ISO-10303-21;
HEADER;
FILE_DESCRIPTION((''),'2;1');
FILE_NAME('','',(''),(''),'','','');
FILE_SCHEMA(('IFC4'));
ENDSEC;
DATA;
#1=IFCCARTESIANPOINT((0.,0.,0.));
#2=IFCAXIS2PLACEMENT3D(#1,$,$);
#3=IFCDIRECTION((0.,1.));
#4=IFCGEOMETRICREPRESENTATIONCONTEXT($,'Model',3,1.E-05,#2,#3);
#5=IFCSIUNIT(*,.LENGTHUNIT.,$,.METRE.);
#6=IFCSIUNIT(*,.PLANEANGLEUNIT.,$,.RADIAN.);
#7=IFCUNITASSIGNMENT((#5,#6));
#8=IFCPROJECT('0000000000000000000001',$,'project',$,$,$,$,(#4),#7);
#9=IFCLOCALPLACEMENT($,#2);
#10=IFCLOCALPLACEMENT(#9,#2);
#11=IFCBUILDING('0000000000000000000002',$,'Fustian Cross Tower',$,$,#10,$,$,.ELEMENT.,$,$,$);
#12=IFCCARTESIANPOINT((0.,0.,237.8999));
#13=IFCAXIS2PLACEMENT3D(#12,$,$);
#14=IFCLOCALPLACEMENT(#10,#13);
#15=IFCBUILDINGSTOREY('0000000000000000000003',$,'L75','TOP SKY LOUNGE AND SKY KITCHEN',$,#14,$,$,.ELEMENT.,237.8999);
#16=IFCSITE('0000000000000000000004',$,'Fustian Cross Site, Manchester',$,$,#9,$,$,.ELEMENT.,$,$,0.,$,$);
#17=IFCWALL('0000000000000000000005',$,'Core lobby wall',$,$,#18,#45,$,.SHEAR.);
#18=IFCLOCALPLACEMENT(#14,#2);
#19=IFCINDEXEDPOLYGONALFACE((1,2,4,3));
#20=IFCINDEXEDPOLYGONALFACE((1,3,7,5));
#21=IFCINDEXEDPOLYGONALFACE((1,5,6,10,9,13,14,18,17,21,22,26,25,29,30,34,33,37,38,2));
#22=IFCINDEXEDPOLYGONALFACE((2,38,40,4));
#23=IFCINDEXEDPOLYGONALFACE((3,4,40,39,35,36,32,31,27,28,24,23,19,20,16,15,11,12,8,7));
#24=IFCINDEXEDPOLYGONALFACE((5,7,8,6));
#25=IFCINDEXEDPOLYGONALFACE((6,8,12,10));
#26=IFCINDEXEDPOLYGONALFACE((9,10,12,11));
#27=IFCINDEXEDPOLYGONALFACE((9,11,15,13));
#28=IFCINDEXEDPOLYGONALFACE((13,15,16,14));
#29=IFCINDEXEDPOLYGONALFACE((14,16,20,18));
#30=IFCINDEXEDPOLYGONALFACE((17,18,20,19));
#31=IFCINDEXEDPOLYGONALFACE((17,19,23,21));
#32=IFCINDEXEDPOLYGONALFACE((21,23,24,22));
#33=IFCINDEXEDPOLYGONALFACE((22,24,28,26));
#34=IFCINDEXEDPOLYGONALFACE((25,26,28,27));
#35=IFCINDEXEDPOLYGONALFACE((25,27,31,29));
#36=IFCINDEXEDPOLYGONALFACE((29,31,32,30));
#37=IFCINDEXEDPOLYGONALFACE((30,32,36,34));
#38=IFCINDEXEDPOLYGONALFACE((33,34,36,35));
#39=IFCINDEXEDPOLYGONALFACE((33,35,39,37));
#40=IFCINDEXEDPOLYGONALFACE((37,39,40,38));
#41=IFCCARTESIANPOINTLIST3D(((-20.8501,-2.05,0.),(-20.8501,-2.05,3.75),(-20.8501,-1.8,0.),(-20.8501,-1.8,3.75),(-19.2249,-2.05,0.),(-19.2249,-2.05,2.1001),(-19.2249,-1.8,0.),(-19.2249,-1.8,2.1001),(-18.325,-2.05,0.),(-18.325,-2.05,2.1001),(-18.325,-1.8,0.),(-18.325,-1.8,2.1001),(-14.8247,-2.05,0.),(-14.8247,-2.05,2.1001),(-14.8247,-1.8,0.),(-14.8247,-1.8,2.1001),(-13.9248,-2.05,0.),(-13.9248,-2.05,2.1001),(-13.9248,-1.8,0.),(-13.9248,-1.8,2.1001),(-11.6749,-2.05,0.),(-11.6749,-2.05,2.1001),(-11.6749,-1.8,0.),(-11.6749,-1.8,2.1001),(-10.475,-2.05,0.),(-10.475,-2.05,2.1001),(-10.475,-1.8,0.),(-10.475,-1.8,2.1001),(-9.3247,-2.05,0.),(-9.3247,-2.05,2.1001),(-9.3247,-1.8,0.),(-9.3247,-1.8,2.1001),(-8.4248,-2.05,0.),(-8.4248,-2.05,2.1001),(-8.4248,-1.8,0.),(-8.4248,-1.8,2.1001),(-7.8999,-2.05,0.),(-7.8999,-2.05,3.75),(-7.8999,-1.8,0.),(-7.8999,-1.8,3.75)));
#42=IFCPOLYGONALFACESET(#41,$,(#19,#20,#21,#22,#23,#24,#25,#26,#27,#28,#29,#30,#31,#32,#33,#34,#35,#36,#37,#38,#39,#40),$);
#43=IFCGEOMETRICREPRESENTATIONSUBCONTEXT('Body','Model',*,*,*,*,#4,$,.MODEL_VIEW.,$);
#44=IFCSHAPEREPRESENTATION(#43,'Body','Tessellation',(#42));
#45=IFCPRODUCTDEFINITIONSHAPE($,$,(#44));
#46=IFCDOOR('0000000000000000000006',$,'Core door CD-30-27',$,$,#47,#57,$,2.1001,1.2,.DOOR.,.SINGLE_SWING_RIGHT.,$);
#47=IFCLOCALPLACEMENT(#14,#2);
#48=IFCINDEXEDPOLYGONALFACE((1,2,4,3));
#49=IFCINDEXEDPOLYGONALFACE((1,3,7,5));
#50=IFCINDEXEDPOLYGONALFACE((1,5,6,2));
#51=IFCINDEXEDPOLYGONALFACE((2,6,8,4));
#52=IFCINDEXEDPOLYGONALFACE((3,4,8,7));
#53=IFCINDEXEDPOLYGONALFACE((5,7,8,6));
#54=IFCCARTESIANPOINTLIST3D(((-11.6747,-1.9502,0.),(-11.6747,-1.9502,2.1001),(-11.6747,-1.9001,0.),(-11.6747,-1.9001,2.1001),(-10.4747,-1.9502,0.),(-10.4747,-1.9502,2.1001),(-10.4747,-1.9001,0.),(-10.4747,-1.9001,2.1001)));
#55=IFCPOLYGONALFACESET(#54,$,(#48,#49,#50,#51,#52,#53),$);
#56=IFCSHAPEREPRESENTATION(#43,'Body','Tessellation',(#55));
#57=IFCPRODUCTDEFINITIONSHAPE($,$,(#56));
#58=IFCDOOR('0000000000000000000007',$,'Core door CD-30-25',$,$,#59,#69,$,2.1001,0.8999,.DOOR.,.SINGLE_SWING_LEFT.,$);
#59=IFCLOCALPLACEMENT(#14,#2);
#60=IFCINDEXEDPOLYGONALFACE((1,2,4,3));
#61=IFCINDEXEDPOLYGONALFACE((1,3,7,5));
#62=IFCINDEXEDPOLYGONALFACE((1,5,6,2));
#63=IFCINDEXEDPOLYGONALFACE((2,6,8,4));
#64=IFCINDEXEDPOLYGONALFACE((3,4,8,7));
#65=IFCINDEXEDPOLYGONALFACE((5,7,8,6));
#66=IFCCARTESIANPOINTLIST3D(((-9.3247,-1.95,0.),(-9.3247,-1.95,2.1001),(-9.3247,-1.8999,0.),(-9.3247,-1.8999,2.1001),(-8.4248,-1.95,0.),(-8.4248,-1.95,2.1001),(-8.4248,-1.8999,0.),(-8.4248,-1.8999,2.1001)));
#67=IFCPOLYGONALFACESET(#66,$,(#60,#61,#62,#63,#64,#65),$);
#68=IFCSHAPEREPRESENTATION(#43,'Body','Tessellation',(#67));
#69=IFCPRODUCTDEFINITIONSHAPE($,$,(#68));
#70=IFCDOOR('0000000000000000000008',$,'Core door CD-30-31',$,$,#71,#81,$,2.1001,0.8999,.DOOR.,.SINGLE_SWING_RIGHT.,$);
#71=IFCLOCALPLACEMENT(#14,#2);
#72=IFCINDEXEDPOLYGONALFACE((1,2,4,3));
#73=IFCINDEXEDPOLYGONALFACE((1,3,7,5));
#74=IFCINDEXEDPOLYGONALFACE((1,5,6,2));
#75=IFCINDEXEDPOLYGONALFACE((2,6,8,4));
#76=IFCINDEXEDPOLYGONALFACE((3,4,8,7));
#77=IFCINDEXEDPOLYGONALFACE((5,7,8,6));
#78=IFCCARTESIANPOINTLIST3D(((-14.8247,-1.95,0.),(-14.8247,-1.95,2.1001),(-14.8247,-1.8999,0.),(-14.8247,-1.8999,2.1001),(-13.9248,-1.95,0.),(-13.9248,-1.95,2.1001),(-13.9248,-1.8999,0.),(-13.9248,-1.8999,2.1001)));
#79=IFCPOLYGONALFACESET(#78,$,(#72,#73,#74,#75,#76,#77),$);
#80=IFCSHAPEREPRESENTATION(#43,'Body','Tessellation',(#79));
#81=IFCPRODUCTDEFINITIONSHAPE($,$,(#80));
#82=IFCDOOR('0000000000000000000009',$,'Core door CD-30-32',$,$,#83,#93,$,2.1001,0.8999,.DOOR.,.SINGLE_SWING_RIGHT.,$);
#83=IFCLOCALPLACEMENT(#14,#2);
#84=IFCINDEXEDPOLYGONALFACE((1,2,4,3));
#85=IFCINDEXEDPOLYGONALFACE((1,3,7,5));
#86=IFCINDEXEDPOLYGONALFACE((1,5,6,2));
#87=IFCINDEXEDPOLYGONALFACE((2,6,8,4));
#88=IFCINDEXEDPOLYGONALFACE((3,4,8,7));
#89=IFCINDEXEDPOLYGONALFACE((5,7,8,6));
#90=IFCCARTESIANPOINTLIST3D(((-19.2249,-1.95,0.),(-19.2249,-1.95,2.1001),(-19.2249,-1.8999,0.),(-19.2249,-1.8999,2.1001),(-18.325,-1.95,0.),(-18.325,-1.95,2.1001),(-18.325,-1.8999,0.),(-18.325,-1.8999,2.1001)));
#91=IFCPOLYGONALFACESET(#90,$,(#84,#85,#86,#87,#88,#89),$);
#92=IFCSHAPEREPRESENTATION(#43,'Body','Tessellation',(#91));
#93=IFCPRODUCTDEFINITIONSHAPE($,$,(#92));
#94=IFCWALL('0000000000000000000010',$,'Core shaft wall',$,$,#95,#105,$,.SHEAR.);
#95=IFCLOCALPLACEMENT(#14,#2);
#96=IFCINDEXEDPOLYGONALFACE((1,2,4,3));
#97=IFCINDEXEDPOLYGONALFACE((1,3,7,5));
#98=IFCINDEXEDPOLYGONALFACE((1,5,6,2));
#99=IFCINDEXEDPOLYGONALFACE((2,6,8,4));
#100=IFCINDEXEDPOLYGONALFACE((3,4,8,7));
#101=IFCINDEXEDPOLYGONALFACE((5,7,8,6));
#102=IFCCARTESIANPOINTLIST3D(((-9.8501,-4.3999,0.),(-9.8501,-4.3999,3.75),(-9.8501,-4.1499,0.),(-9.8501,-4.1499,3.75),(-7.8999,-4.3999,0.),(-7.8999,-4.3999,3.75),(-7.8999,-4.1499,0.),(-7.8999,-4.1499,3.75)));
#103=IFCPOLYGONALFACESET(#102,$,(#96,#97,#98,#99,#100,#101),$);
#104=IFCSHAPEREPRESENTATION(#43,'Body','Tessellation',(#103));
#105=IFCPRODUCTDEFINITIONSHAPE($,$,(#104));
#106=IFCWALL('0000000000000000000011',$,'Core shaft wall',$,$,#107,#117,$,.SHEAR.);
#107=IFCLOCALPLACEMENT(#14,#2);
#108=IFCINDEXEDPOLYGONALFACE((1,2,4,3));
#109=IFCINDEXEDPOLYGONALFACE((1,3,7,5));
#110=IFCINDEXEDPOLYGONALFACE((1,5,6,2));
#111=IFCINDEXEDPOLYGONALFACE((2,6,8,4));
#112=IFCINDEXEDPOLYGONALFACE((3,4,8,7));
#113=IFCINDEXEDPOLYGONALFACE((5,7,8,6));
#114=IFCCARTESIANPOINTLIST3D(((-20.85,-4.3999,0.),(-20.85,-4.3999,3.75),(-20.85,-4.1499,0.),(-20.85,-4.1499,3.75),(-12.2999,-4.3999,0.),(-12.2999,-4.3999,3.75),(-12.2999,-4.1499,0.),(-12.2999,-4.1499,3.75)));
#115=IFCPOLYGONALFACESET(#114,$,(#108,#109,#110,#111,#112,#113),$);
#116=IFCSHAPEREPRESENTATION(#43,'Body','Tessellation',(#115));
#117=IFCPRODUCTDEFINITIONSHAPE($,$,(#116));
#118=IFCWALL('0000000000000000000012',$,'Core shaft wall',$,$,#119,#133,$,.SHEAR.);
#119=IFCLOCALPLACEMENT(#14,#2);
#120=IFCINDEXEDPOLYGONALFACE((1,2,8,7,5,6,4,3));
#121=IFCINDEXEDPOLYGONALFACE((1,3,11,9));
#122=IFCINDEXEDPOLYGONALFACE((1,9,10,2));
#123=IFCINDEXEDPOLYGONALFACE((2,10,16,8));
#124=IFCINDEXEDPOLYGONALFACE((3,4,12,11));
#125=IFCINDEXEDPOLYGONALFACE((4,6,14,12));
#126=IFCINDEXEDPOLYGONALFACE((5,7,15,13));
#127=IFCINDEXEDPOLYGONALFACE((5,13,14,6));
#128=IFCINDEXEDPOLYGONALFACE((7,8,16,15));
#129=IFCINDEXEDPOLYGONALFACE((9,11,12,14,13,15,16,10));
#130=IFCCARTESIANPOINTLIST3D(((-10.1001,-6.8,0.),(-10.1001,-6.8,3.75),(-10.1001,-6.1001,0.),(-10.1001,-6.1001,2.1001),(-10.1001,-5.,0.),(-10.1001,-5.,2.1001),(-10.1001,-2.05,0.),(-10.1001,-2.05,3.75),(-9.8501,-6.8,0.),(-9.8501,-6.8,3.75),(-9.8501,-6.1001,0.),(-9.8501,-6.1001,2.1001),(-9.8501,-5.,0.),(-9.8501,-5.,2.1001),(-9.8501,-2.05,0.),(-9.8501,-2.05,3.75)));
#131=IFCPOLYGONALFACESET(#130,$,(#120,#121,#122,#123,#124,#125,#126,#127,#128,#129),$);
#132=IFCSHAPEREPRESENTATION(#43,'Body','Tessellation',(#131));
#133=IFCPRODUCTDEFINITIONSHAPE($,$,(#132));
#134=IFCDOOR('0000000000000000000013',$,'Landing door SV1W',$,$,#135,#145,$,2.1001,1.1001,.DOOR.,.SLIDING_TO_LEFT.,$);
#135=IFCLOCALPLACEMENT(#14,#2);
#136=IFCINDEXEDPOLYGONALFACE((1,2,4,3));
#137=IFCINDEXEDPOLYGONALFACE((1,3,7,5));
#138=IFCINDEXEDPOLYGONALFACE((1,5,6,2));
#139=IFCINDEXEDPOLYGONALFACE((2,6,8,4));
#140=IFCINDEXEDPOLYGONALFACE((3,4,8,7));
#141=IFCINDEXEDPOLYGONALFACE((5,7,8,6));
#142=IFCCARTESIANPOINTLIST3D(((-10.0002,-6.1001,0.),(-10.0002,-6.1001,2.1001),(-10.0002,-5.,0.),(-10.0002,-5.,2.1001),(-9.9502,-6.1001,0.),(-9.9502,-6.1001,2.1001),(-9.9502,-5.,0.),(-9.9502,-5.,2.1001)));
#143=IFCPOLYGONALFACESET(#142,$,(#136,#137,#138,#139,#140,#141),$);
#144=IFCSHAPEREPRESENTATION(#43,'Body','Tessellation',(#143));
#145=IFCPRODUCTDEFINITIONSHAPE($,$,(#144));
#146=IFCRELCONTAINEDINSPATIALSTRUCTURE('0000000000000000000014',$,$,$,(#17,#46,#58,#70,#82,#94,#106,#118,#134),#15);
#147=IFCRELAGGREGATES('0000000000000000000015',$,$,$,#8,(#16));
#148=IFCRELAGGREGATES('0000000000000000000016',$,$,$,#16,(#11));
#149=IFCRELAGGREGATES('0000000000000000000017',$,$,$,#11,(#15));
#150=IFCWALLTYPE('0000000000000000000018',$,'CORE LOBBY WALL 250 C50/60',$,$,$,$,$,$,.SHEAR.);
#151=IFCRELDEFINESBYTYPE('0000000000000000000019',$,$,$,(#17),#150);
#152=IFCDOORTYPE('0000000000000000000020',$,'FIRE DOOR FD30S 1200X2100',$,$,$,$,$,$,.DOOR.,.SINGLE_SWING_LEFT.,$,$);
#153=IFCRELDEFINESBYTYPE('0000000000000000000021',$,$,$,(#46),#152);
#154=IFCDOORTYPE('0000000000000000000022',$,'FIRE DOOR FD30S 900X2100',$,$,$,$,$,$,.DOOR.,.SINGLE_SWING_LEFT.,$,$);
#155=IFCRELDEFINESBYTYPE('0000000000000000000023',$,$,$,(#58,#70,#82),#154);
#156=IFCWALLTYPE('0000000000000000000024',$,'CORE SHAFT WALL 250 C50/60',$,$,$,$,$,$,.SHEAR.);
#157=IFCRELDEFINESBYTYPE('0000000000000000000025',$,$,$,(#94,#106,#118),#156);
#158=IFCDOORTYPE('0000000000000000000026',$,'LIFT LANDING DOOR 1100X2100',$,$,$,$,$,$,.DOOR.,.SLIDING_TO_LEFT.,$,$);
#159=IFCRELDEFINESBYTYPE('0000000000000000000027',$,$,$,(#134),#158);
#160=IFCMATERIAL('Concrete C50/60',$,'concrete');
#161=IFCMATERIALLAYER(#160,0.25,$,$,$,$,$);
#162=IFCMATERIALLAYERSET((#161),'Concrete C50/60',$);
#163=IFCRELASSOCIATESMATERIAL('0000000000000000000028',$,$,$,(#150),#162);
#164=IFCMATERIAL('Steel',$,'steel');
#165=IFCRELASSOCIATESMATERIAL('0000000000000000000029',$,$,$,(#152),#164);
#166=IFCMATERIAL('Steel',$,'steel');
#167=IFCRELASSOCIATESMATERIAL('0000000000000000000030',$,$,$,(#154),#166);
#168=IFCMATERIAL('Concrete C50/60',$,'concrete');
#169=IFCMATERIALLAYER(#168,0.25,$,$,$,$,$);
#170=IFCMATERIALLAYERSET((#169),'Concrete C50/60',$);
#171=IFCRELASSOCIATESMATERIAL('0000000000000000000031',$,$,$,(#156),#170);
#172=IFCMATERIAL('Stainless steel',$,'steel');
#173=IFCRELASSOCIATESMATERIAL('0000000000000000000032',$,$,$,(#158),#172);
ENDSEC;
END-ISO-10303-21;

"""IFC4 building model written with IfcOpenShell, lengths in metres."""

from ifc_helpers import new_model, si_unit, direction, frame, frame_2d, origin, place, context, subcontext, project, spatial, rectangle, extrude, material, layer, layer_set, type_object, element, fill, save


model = new_model("IFC4")

# Units and contexts
model_context = context("Model", 3, precision=1e-05, world=origin(), true_north=direction((0.0, 1.0)))
body_context = subcontext(model_context, "Body", "Model", "MODEL_VIEW")
ifc_project = project(units=[si_unit("LENGTHUNIT", "METRE"), si_unit("PLANEANGLEUNIT", "RADIAN")], contexts=[model_context])

# Site, building, storey
site_placement = place(None, origin())
site = spatial("IfcSite", under=ifc_project, at=site_placement, Name="Fustian Cross Site, Manchester", CompositionType="ELEMENT", RefElevation=0.0)
building_placement = place(site_placement, origin())
building = spatial("IfcBuilding", under=site, at=building_placement, Name="Fustian Cross Tower", CompositionType="ELEMENT")
storey_placement = place(building_placement, frame((0.0, 0.0, 237.8999)))
storey = spatial("IfcBuildingStorey", under=building, at=storey_placement, Name="L75", Description="TOP SKY LOUNGE AND SKY KITCHEN", CompositionType="ELEMENT", Elevation=237.8999)

# Wall, openings, doors
ifc_material_1 = material(Name="Concrete C50/60", Category="concrete")
ifc_layer_1 = layer(ifc_material_1, 0.25)
ifc_layer_set_1 = layer_set([ifc_layer_1], Name="Concrete C50/60")
wall_type_1 = type_object("IfcWallType", Name="CORE LOBBY WALL 250 C50/60", PredefinedType="SHEAR", material=ifc_layer_set_1)
wall_1_placement = place(storey_placement, frame((-7.8999, -1.925, 0.0), z_axis=(0.0, 0.0, 1.0), x_axis=(-1.0, 0.0, 0.0)))
wall_1 = element("IfcWall", 1, at=wall_1_placement, inside=storey, type_object=wall_type_1, Name="Core lobby wall", PredefinedType="SHEAR", context=body_context, shape_type="SweptSolid", body=[
    extrude(rectangle(XDim=12.9502, YDim=0.25, at=frame_2d((6.4751, 0.0))), origin(), (0.0, 0.0, 1.0), 3.75),
])
opening_1_placement = place(wall_1_placement, frame((0.5249, 0.0, 0.0)))
opening_1 = element("IfcOpeningElement", 2, at=opening_1_placement, cuts=wall_1, PredefinedType="OPENING", context=body_context, shape_type="SweptSolid", body=[
    extrude(rectangle(XDim=0.8999, YDim=2.1001, at=frame_2d((0.45, 1.05))), frame((0.0, 0.135, 0.0), z_axis=(0.0, -1.0, 0.0), x_axis=(1.0, 0.0, 0.0)), (0.0, 0.0, 1.0), 0.27),
])
opening_2_placement = place(wall_1_placement, frame((2.575, 0.0, 0.0)))
opening_2 = element("IfcOpeningElement", 3, at=opening_2_placement, cuts=wall_1, PredefinedType="OPENING", context=body_context, shape_type="SweptSolid", body=[
    extrude(rectangle(XDim=1.2, YDim=2.1001, at=frame_2d((0.6001, 1.05))), frame((0.0, 0.135, 0.0), z_axis=(0.0, -1.0, 0.0), x_axis=(1.0, 0.0, 0.0)), (0.0, 0.0, 1.0), 0.27),
])
opening_3_placement = place(wall_1_placement, frame((6.0249, 0.0, 0.0)))
opening_3 = element("IfcOpeningElement", 4, at=opening_3_placement, cuts=wall_1, PredefinedType="OPENING", context=body_context, shape_type="SweptSolid", body=[
    extrude(rectangle(XDim=0.8999, YDim=2.1001, at=frame_2d((0.45, 1.05))), frame((0.0, 0.135, 0.0), z_axis=(0.0, -1.0, 0.0), x_axis=(1.0, 0.0, 0.0)), (0.0, 0.0, 1.0), 0.27),
])
opening_4_placement = place(wall_1_placement, frame((10.425, 0.0, 0.0)))
opening_4 = element("IfcOpeningElement", 5, at=opening_4_placement, cuts=wall_1, PredefinedType="OPENING", context=body_context, shape_type="SweptSolid", body=[
    extrude(rectangle(XDim=0.8999, YDim=2.1001, at=frame_2d((0.45, 1.05))), frame((0.0, 0.135, 0.0), z_axis=(0.0, -1.0, 0.0), x_axis=(1.0, 0.0, 0.0)), (0.0, 0.0, 1.0), 0.27),
])
ifc_material_2 = material(Name="Steel", Category="steel")
door_type_1 = type_object("IfcDoorType", Name="FIRE DOOR FD30S 1200X2100", OperationType="SINGLE_SWING_LEFT", PredefinedType="DOOR", material=ifc_material_2)
door_1_placement = place(opening_2_placement, frame((1.2, 0.0, 0.0), z_axis=(0.0, 0.0, 1.0), x_axis=(-1.0, 0.0, 0.0)))
door_1 = element("IfcDoor", 6, at=door_1_placement, inside=storey, type_object=door_type_1, Name="Core door CD-30-27", OperationType="SINGLE_SWING_RIGHT", OverallHeight=2.1001, OverallWidth=1.2, PredefinedType="DOOR", context=body_context, shape_type="SweptSolid", body=[
    extrude(rectangle(XDim=1.2, YDim=2.1001, at=frame_2d((0.6001, 1.05))), frame((0.0, 0.0249, 0.0), z_axis=(0.0, -1.0, 0.0), x_axis=(1.0, 0.0, 0.0)), (0.0, 0.0, 1.0), 0.05),
])
fill(opening_2, door_1)
ifc_material_3 = material(Name="Steel", Category="steel")
door_type_2 = type_object("IfcDoorType", Name="FIRE DOOR FD30S 900X2100", OperationType="SINGLE_SWING_LEFT", PredefinedType="DOOR", material=ifc_material_3)
door_2_placement = place(opening_1_placement, origin())
door_2 = element("IfcDoor", 7, at=door_2_placement, inside=storey, type_object=door_type_2, Name="Core door CD-30-25", OperationType="SINGLE_SWING_LEFT", OverallHeight=2.1001, OverallWidth=0.8999, PredefinedType="DOOR", context=body_context, shape_type="SweptSolid", body=[
    extrude(rectangle(XDim=0.8999, YDim=2.1001, at=frame_2d((0.45, 1.05))), frame((0.0, 0.0249, 0.0), z_axis=(0.0, -1.0, 0.0), x_axis=(1.0, 0.0, 0.0)), (0.0, 0.0, 1.0), 0.05),
])
fill(opening_1, door_2)
door_3_placement = place(opening_3_placement, origin())
door_3 = element("IfcDoor", 8, at=door_3_placement, inside=storey, type_object=door_type_2, Name="Core door CD-30-31", OperationType="SINGLE_SWING_RIGHT", OverallHeight=2.1001, OverallWidth=0.8999, PredefinedType="DOOR", context=body_context, shape_type="SweptSolid", body=[
    extrude(rectangle(XDim=0.8999, YDim=2.1001, at=frame_2d((0.45, 1.05))), frame((0.0, 0.0249, 0.0), z_axis=(0.0, -1.0, 0.0), x_axis=(1.0, 0.0, 0.0)), (0.0, 0.0, 1.0), 0.05),
])
fill(opening_3, door_3)
door_4_placement = place(opening_4_placement, origin())
door_4 = element("IfcDoor", 9, at=door_4_placement, inside=storey, type_object=door_type_2, Name="Core door CD-30-32", OperationType="SINGLE_SWING_RIGHT", OverallHeight=2.1001, OverallWidth=0.8999, PredefinedType="DOOR", context=body_context, shape_type="SweptSolid", body=[
    extrude(rectangle(XDim=0.8999, YDim=2.1001, at=frame_2d((0.45, 1.05))), frame((0.0, 0.0249, 0.0), z_axis=(0.0, -1.0, 0.0), x_axis=(1.0, 0.0, 0.0)), (0.0, 0.0, 1.0), 0.05),
])
fill(opening_4, door_4)

# Walls
ifc_material_4 = material(Name="Concrete C50/60", Category="concrete")
ifc_layer_2 = layer(ifc_material_4, 0.25)
ifc_layer_set_2 = layer_set([ifc_layer_2], Name="Concrete C50/60")
wall_type_2 = type_object("IfcWallType", Name="CORE SHAFT WALL 250 C50/60", PredefinedType="SHEAR", material=ifc_layer_set_2)
wall_2_placement = place(storey_placement, frame((-7.8999, -4.2749, 0.0), z_axis=(0.0, 0.0, 1.0), x_axis=(-1.0, 0.0, 0.0)))
element("IfcWall", 10, at=wall_2_placement, inside=storey, type_object=wall_type_2, Name="Core shaft wall", PredefinedType="SHEAR", context=body_context, shape_type="SweptSolid", body=[
    extrude(rectangle(XDim=1.9502, YDim=0.25, at=frame_2d((0.9751, 0.0))), origin(), (0.0, 0.0, 1.0), 3.75),
])
wall_3_placement = place(storey_placement, frame((-12.3, -4.2749, 0.0), z_axis=(0.0, 0.0, 1.0), x_axis=(-1.0, 0.0, 0.0)))
element("IfcWall", 11, at=wall_3_placement, inside=storey, type_object=wall_type_2, Name="Core shaft wall", PredefinedType="SHEAR", context=body_context, shape_type="SweptSolid", body=[
    extrude(rectangle(XDim=8.55, YDim=0.25, at=frame_2d((4.2749, 0.0))), origin(), (0.0, 0.0, 1.0), 3.75),
])

# Wall, opening, door
wall_4_placement = place(storey_placement, frame((-9.9751, -2.05, 0.0), z_axis=(0.0, 0.0, 1.0), x_axis=(0.0, -1.0, 0.0)))
wall_4 = element("IfcWall", 12, at=wall_4_placement, inside=storey, type_object=wall_type_2, Name="Core shaft wall", PredefinedType="SHEAR", context=body_context, shape_type="SweptSolid", body=[
    extrude(rectangle(XDim=4.75, YDim=0.25, at=frame_2d((2.375, 0.0))), origin(), (0.0, 0.0, 1.0), 3.75),
])
opening_5_placement = place(wall_4_placement, frame((2.95, 0.0, 0.0)))
opening_5 = element("IfcOpeningElement", 13, at=opening_5_placement, cuts=wall_4, PredefinedType="OPENING", context=body_context, shape_type="SweptSolid", body=[
    extrude(rectangle(XDim=1.1001, YDim=2.1001, at=frame_2d((0.55, 1.05))), frame((0.0, 0.135, 0.0), z_axis=(0.0, -1.0, 0.0), x_axis=(1.0, 0.0, 0.0)), (0.0, 0.0, 1.0), 0.27),
])
ifc_material_5 = material(Name="Stainless steel", Category="steel")
door_type_3 = type_object("IfcDoorType", Name="LIFT LANDING DOOR 1100X2100", OperationType="SLIDING_TO_LEFT", PredefinedType="DOOR", material=ifc_material_5)
door_5_placement = place(opening_5_placement, origin())
door_5 = element("IfcDoor", 14, at=door_5_placement, inside=storey, type_object=door_type_3, Name="Landing door SV1W", OperationType="SLIDING_TO_LEFT", OverallHeight=2.1001, OverallWidth=1.1001, PredefinedType="DOOR", context=body_context, shape_type="SweptSolid", body=[
    extrude(rectangle(XDim=1.1001, YDim=2.1001, at=frame_2d((0.55, 1.05))), frame((0.0, 0.0249, 0.0), z_axis=(0.0, -1.0, 0.0), x_axis=(1.0, 0.0, 0.0)), (0.0, 0.0, 1.0), 0.05),
])
fill(opening_5, door_5)

save(model, "model.ifc")
